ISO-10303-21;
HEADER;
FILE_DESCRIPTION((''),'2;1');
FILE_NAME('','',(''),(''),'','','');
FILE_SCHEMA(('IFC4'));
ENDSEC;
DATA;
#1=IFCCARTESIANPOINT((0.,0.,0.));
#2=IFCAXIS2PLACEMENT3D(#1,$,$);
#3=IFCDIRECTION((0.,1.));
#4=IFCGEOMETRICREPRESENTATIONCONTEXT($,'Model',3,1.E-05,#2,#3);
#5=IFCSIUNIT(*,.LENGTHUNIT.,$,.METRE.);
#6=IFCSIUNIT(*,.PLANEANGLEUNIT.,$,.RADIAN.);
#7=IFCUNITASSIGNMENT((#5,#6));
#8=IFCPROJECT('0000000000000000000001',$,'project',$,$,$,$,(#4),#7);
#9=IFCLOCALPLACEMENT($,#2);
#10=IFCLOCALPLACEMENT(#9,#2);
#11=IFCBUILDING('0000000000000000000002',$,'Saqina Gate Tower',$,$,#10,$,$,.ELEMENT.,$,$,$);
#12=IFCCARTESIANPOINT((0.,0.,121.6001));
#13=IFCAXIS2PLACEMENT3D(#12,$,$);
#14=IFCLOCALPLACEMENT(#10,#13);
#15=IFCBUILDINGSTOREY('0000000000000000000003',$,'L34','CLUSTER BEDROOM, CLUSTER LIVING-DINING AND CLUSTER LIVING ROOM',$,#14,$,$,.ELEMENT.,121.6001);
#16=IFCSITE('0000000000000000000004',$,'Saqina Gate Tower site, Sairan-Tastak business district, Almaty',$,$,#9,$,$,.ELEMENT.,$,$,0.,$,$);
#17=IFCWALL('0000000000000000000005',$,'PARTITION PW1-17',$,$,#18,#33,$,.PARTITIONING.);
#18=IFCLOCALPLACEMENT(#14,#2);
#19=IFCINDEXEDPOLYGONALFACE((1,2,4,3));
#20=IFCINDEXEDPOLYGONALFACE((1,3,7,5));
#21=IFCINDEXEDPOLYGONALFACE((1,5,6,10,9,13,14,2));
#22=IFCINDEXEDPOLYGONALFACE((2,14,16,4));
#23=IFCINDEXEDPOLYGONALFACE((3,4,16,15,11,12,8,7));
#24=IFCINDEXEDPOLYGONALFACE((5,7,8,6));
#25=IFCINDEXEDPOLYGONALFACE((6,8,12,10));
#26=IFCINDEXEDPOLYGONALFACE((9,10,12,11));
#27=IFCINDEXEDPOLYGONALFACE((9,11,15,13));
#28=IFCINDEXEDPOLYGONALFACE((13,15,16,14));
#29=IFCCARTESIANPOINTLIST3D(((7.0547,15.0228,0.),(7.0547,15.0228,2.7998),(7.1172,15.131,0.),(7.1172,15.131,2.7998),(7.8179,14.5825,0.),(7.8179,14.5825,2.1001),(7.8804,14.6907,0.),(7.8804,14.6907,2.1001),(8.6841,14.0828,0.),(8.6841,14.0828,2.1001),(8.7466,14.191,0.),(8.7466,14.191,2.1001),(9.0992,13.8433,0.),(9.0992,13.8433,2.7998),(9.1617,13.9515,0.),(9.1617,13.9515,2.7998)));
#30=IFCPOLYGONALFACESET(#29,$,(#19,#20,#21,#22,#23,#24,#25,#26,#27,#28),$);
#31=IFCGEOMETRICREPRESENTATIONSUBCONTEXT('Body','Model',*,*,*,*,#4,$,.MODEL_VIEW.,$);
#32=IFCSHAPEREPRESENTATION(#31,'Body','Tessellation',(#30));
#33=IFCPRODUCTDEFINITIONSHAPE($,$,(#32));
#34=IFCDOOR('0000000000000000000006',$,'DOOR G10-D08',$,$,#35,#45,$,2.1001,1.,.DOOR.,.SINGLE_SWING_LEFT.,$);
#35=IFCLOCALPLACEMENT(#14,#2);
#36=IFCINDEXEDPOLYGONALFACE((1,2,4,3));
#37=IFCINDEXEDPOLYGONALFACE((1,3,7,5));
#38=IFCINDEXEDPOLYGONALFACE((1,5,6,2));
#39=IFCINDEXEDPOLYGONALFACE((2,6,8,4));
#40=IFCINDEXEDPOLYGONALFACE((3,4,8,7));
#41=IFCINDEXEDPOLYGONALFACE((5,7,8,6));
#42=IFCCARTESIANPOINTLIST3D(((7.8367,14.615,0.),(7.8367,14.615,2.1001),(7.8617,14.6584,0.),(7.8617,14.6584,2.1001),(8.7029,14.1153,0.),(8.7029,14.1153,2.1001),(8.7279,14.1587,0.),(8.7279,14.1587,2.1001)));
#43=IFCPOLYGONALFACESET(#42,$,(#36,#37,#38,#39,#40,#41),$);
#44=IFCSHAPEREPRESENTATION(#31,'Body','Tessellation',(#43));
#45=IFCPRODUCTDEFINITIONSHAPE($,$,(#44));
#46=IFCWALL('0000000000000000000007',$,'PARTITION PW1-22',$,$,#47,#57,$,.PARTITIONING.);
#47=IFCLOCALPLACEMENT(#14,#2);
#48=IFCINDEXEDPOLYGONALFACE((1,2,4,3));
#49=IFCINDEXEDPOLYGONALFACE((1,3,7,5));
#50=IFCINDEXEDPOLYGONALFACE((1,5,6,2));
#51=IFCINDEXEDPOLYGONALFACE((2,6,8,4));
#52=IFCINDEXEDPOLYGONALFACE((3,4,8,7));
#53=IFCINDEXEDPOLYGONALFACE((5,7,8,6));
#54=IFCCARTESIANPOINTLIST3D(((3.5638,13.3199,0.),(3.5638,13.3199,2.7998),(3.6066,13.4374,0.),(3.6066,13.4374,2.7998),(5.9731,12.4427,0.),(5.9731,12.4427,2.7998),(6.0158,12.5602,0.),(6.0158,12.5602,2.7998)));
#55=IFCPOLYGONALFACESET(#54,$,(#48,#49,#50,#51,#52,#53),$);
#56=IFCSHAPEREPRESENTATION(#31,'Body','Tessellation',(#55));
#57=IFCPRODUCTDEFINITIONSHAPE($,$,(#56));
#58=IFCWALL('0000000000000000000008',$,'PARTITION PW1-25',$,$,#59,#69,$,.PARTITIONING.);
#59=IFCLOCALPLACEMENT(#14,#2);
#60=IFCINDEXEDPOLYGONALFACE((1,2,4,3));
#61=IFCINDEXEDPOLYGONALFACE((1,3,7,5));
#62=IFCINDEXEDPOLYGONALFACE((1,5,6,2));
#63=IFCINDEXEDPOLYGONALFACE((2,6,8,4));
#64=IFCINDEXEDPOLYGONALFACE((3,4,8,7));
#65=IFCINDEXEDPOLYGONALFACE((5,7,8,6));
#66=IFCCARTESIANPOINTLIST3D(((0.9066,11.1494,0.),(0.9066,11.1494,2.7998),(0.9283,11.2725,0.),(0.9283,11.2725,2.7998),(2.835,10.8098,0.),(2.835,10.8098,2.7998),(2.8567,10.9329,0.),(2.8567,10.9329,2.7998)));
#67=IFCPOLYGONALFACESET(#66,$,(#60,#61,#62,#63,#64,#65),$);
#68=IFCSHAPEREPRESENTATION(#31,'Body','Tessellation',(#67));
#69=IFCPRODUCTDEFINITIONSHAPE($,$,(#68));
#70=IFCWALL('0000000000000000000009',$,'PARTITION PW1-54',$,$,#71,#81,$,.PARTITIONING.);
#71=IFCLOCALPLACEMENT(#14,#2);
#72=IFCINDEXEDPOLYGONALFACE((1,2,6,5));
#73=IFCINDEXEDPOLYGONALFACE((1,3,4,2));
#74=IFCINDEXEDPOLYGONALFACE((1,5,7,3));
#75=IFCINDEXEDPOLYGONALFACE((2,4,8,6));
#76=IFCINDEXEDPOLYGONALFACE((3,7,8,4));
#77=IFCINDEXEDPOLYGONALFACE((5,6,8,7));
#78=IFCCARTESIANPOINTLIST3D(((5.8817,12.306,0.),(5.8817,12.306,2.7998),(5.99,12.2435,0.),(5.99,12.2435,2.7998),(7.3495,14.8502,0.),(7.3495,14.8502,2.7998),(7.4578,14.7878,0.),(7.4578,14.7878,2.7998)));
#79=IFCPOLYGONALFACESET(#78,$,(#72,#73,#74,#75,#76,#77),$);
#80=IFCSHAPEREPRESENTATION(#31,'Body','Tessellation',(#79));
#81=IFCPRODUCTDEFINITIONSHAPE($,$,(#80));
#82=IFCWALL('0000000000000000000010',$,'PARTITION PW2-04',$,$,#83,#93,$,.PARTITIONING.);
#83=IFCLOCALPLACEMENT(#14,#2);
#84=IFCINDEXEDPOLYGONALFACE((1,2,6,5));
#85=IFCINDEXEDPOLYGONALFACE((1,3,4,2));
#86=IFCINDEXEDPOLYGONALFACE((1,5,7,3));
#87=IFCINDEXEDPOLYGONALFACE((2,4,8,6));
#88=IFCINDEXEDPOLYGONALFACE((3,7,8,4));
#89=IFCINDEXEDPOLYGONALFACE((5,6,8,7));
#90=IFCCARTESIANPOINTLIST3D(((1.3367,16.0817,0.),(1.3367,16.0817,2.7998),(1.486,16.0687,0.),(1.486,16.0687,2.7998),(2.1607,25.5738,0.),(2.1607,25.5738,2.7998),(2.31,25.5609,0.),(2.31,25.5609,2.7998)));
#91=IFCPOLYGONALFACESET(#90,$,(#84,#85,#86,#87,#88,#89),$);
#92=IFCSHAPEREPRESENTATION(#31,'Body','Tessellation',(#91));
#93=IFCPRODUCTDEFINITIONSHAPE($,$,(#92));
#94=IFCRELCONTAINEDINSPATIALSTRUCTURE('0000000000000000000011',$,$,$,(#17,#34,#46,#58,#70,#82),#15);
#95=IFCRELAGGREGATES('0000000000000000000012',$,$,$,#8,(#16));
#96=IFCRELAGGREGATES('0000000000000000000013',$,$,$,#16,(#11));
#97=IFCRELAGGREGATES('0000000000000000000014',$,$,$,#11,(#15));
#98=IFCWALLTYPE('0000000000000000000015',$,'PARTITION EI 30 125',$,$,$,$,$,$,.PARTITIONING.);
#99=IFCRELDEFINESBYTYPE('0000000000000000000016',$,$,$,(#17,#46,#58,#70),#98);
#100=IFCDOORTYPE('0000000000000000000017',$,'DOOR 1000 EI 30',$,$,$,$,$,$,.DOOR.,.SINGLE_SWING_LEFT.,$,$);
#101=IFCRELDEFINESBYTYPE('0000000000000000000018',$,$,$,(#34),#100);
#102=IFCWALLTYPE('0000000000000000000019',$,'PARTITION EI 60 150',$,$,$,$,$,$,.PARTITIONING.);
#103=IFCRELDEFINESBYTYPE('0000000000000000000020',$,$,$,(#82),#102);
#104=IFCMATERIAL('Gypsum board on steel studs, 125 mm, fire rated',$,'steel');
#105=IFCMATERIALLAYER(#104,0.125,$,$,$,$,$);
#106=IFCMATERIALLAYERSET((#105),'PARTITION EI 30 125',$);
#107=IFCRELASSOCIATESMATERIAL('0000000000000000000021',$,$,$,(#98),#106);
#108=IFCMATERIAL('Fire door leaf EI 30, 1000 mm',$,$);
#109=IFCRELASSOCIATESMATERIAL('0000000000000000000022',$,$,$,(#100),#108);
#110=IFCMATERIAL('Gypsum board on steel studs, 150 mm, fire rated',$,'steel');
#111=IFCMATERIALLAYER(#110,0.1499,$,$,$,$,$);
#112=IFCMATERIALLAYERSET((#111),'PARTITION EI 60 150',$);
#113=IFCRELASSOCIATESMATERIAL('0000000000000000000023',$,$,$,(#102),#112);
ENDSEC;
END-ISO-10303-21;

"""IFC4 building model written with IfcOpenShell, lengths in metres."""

from ifc_helpers import new_model, si_unit, direction, frame, frame_2d, origin, place, context, subcontext, project, spatial, rectangle, extrude, material, layer, layer_set, type_object, element, fill, save


model = new_model("IFC4")

# Units and contexts
model_context = context("Model", 3, precision=1e-05, world=origin(), true_north=direction((0.0, 1.0)))
body_context = subcontext(model_context, "Body", "Model", "MODEL_VIEW")
ifc_project = project(units=[si_unit("LENGTHUNIT", "METRE"), si_unit("PLANEANGLEUNIT", "RADIAN")], contexts=[model_context])

# Site, building, storey
site_placement = place(None, origin())
site = spatial("IfcSite", under=ifc_project, at=site_placement, Name="Saqina Gate Tower site, Sairan-Tastak business district, Almaty", CompositionType="ELEMENT", RefElevation=0.0)
building_placement = place(site_placement, origin())
building = spatial("IfcBuilding", under=site, at=building_placement, Name="Saqina Gate Tower", CompositionType="ELEMENT")
storey_placement = place(building_placement, frame((0.0, 0.0, 121.6001)))
storey = spatial("IfcBuildingStorey", under=building, at=storey_placement, Name="L34", Description="CLUSTER BEDROOM, CLUSTER LIVING-DINING AND CLUSTER LIVING ROOM", CompositionType="ELEMENT", Elevation=121.6001)

# Shared definitions
ifc_material_1 = material(Name="Gypsum board on steel studs, 125 mm, fire rated", Category="steel")
ifc_layer_1 = layer(ifc_material_1, 0.125)
ifc_layer_set_1 = layer_set([ifc_layer_1], Name="PARTITION EI 30 125")
wall_type_1 = type_object("IfcWallType", Name="PARTITION EI 30 125", PredefinedType="PARTITIONING", material=ifc_layer_set_1)

# Wall, opening, door
wall_1_placement = place(storey_placement, frame((7.0859, 15.0769, 0.0), z_axis=(0.0, 0.0, 1.0), x_axis=(0.866192, -0.499711, 0.0)))
wall_1 = element("IfcWall", 1, at=wall_1_placement, inside=storey, type_object=wall_type_1, Name="PARTITION PW1-17", PredefinedType="PARTITIONING", context=body_context, shape_type="SweptSolid", body=[
    extrude(rectangle(XDim=2.3604, YDim=0.125, at=frame_2d((1.1802, 0.0))), origin(), (0.0, 0.0, 1.0), 2.7998),
])
opening_1_placement = place(wall_1_placement, frame((0.8811, 0.0, 0.0)))
opening_1 = element("IfcOpeningElement", 2, at=opening_1_placement, cuts=wall_1, PredefinedType="OPENING", context=body_context, shape_type="SweptSolid", body=[
    extrude(rectangle(XDim=1.0, YDim=2.1001, at=frame_2d((0.5, 1.05))), frame((0.0, 0.0745, 0.0), z_axis=(0.0, -1.0, 0.0), x_axis=(1.0, 0.0, 0.0)), (0.0, 0.0, 1.0), 0.1489),
])
ifc_material_2 = material(Name="Fire door leaf EI 30, 1000 mm")
door_type_1 = type_object("IfcDoorType", Name="DOOR 1000 EI 30", OperationType="SINGLE_SWING_LEFT", PredefinedType="DOOR", material=ifc_material_2)
door_1_placement = place(opening_1_placement, frame((1.0, 0.0, 0.0), z_axis=(0.0, 0.0, 1.0), x_axis=(-1.0, 0.0, 0.0)))
door_1 = element("IfcDoor", 3, at=door_1_placement, inside=storey, type_object=door_type_1, Name="DOOR G10-D08", OperationType="SINGLE_SWING_LEFT", OverallHeight=2.1001, OverallWidth=1.0, PredefinedType="DOOR", context=body_context, shape_type="SweptSolid", body=[
    extrude(rectangle(XDim=1.0, YDim=2.1001, at=frame_2d((0.5, 1.05))), frame((0.0, 0.0249, 0.0), z_axis=(0.0, -1.0, 0.0), x_axis=(1.0, 0.0, 0.0)), (0.0, 0.0, 1.0), 0.05),
])
fill(opening_1, door_1)

# Walls
wall_2_placement = place(storey_placement, frame((3.5852, 13.3787, 0.0), z_axis=(0.0, 0.0, 1.0), x_axis=(0.939652, -0.342133, 0.0)))
element("IfcWall", 4, at=wall_2_placement, inside=storey, type_object=wall_type_1, Name="PARTITION PW1-22", PredefinedType="PARTITIONING", context=body_context, shape_type="SweptSolid", body=[
    extrude(rectangle(XDim=2.564, YDim=0.125, at=frame_2d((1.282, 0.0))), origin(), (0.0, 0.0, 1.0), 2.7998),
])
wall_3_placement = place(storey_placement, frame((0.9175, 11.2109, 0.0), z_axis=(0.0, 0.0, 1.0), x_axis=(0.984843, -0.173451, 0.0)))
element("IfcWall", 5, at=wall_3_placement, inside=storey, type_object=wall_type_1, Name="PARTITION PW1-25", PredefinedType="PARTITIONING", context=body_context, shape_type="SweptSolid", body=[
    extrude(rectangle(XDim=1.958, YDim=0.125, at=frame_2d((0.979, 0.0))), origin(), (0.0, 0.0, 1.0), 2.7998),
])
wall_4_placement = place(storey_placement, frame((5.9358, 12.2747, 0.0), z_axis=(0.0, 0.0, 1.0), x_axis=(0.499715, 0.86619, 0.0)))
element("IfcWall", 6, at=wall_4_placement, inside=storey, type_object=wall_type_1, Name="PARTITION PW1-54", PredefinedType="PARTITIONING", context=body_context, shape_type="SweptSolid", body=[
    extrude(rectangle(XDim=2.9373, YDim=0.125, at=frame_2d((1.4688, 0.0))), origin(), (0.0, 0.0, 1.0), 2.7998),
])
ifc_material_3 = material(Name="Gypsum board on steel studs, 150 mm, fire rated", Category="steel")
ifc_layer_2 = layer(ifc_material_3, 0.1499)
ifc_layer_set_2 = layer_set([ifc_layer_2], Name="PARTITION EI 60 150")
wall_type_2 = type_object("IfcWallType", Name="PARTITION EI 60 150", PredefinedType="PARTITIONING", material=ifc_layer_set_2)
wall_5_placement = place(storey_placement, frame((1.4114, 16.0752, 0.0), z_axis=(0.0, 0.0, 1.0), x_axis=(0.08648, 0.996254, 0.0)))
element("IfcWall", 7, at=wall_5_placement, inside=storey, type_object=wall_type_2, Name="PARTITION PW2-04", PredefinedType="PARTITIONING", context=body_context, shape_type="SweptSolid", body=[
    extrude(rectangle(XDim=9.5278, YDim=0.1499, at=frame_2d((4.7639, 0.0))), origin(), (0.0, 0.0, 1.0), 2.7998),
])

save(model, "model.ifc")
